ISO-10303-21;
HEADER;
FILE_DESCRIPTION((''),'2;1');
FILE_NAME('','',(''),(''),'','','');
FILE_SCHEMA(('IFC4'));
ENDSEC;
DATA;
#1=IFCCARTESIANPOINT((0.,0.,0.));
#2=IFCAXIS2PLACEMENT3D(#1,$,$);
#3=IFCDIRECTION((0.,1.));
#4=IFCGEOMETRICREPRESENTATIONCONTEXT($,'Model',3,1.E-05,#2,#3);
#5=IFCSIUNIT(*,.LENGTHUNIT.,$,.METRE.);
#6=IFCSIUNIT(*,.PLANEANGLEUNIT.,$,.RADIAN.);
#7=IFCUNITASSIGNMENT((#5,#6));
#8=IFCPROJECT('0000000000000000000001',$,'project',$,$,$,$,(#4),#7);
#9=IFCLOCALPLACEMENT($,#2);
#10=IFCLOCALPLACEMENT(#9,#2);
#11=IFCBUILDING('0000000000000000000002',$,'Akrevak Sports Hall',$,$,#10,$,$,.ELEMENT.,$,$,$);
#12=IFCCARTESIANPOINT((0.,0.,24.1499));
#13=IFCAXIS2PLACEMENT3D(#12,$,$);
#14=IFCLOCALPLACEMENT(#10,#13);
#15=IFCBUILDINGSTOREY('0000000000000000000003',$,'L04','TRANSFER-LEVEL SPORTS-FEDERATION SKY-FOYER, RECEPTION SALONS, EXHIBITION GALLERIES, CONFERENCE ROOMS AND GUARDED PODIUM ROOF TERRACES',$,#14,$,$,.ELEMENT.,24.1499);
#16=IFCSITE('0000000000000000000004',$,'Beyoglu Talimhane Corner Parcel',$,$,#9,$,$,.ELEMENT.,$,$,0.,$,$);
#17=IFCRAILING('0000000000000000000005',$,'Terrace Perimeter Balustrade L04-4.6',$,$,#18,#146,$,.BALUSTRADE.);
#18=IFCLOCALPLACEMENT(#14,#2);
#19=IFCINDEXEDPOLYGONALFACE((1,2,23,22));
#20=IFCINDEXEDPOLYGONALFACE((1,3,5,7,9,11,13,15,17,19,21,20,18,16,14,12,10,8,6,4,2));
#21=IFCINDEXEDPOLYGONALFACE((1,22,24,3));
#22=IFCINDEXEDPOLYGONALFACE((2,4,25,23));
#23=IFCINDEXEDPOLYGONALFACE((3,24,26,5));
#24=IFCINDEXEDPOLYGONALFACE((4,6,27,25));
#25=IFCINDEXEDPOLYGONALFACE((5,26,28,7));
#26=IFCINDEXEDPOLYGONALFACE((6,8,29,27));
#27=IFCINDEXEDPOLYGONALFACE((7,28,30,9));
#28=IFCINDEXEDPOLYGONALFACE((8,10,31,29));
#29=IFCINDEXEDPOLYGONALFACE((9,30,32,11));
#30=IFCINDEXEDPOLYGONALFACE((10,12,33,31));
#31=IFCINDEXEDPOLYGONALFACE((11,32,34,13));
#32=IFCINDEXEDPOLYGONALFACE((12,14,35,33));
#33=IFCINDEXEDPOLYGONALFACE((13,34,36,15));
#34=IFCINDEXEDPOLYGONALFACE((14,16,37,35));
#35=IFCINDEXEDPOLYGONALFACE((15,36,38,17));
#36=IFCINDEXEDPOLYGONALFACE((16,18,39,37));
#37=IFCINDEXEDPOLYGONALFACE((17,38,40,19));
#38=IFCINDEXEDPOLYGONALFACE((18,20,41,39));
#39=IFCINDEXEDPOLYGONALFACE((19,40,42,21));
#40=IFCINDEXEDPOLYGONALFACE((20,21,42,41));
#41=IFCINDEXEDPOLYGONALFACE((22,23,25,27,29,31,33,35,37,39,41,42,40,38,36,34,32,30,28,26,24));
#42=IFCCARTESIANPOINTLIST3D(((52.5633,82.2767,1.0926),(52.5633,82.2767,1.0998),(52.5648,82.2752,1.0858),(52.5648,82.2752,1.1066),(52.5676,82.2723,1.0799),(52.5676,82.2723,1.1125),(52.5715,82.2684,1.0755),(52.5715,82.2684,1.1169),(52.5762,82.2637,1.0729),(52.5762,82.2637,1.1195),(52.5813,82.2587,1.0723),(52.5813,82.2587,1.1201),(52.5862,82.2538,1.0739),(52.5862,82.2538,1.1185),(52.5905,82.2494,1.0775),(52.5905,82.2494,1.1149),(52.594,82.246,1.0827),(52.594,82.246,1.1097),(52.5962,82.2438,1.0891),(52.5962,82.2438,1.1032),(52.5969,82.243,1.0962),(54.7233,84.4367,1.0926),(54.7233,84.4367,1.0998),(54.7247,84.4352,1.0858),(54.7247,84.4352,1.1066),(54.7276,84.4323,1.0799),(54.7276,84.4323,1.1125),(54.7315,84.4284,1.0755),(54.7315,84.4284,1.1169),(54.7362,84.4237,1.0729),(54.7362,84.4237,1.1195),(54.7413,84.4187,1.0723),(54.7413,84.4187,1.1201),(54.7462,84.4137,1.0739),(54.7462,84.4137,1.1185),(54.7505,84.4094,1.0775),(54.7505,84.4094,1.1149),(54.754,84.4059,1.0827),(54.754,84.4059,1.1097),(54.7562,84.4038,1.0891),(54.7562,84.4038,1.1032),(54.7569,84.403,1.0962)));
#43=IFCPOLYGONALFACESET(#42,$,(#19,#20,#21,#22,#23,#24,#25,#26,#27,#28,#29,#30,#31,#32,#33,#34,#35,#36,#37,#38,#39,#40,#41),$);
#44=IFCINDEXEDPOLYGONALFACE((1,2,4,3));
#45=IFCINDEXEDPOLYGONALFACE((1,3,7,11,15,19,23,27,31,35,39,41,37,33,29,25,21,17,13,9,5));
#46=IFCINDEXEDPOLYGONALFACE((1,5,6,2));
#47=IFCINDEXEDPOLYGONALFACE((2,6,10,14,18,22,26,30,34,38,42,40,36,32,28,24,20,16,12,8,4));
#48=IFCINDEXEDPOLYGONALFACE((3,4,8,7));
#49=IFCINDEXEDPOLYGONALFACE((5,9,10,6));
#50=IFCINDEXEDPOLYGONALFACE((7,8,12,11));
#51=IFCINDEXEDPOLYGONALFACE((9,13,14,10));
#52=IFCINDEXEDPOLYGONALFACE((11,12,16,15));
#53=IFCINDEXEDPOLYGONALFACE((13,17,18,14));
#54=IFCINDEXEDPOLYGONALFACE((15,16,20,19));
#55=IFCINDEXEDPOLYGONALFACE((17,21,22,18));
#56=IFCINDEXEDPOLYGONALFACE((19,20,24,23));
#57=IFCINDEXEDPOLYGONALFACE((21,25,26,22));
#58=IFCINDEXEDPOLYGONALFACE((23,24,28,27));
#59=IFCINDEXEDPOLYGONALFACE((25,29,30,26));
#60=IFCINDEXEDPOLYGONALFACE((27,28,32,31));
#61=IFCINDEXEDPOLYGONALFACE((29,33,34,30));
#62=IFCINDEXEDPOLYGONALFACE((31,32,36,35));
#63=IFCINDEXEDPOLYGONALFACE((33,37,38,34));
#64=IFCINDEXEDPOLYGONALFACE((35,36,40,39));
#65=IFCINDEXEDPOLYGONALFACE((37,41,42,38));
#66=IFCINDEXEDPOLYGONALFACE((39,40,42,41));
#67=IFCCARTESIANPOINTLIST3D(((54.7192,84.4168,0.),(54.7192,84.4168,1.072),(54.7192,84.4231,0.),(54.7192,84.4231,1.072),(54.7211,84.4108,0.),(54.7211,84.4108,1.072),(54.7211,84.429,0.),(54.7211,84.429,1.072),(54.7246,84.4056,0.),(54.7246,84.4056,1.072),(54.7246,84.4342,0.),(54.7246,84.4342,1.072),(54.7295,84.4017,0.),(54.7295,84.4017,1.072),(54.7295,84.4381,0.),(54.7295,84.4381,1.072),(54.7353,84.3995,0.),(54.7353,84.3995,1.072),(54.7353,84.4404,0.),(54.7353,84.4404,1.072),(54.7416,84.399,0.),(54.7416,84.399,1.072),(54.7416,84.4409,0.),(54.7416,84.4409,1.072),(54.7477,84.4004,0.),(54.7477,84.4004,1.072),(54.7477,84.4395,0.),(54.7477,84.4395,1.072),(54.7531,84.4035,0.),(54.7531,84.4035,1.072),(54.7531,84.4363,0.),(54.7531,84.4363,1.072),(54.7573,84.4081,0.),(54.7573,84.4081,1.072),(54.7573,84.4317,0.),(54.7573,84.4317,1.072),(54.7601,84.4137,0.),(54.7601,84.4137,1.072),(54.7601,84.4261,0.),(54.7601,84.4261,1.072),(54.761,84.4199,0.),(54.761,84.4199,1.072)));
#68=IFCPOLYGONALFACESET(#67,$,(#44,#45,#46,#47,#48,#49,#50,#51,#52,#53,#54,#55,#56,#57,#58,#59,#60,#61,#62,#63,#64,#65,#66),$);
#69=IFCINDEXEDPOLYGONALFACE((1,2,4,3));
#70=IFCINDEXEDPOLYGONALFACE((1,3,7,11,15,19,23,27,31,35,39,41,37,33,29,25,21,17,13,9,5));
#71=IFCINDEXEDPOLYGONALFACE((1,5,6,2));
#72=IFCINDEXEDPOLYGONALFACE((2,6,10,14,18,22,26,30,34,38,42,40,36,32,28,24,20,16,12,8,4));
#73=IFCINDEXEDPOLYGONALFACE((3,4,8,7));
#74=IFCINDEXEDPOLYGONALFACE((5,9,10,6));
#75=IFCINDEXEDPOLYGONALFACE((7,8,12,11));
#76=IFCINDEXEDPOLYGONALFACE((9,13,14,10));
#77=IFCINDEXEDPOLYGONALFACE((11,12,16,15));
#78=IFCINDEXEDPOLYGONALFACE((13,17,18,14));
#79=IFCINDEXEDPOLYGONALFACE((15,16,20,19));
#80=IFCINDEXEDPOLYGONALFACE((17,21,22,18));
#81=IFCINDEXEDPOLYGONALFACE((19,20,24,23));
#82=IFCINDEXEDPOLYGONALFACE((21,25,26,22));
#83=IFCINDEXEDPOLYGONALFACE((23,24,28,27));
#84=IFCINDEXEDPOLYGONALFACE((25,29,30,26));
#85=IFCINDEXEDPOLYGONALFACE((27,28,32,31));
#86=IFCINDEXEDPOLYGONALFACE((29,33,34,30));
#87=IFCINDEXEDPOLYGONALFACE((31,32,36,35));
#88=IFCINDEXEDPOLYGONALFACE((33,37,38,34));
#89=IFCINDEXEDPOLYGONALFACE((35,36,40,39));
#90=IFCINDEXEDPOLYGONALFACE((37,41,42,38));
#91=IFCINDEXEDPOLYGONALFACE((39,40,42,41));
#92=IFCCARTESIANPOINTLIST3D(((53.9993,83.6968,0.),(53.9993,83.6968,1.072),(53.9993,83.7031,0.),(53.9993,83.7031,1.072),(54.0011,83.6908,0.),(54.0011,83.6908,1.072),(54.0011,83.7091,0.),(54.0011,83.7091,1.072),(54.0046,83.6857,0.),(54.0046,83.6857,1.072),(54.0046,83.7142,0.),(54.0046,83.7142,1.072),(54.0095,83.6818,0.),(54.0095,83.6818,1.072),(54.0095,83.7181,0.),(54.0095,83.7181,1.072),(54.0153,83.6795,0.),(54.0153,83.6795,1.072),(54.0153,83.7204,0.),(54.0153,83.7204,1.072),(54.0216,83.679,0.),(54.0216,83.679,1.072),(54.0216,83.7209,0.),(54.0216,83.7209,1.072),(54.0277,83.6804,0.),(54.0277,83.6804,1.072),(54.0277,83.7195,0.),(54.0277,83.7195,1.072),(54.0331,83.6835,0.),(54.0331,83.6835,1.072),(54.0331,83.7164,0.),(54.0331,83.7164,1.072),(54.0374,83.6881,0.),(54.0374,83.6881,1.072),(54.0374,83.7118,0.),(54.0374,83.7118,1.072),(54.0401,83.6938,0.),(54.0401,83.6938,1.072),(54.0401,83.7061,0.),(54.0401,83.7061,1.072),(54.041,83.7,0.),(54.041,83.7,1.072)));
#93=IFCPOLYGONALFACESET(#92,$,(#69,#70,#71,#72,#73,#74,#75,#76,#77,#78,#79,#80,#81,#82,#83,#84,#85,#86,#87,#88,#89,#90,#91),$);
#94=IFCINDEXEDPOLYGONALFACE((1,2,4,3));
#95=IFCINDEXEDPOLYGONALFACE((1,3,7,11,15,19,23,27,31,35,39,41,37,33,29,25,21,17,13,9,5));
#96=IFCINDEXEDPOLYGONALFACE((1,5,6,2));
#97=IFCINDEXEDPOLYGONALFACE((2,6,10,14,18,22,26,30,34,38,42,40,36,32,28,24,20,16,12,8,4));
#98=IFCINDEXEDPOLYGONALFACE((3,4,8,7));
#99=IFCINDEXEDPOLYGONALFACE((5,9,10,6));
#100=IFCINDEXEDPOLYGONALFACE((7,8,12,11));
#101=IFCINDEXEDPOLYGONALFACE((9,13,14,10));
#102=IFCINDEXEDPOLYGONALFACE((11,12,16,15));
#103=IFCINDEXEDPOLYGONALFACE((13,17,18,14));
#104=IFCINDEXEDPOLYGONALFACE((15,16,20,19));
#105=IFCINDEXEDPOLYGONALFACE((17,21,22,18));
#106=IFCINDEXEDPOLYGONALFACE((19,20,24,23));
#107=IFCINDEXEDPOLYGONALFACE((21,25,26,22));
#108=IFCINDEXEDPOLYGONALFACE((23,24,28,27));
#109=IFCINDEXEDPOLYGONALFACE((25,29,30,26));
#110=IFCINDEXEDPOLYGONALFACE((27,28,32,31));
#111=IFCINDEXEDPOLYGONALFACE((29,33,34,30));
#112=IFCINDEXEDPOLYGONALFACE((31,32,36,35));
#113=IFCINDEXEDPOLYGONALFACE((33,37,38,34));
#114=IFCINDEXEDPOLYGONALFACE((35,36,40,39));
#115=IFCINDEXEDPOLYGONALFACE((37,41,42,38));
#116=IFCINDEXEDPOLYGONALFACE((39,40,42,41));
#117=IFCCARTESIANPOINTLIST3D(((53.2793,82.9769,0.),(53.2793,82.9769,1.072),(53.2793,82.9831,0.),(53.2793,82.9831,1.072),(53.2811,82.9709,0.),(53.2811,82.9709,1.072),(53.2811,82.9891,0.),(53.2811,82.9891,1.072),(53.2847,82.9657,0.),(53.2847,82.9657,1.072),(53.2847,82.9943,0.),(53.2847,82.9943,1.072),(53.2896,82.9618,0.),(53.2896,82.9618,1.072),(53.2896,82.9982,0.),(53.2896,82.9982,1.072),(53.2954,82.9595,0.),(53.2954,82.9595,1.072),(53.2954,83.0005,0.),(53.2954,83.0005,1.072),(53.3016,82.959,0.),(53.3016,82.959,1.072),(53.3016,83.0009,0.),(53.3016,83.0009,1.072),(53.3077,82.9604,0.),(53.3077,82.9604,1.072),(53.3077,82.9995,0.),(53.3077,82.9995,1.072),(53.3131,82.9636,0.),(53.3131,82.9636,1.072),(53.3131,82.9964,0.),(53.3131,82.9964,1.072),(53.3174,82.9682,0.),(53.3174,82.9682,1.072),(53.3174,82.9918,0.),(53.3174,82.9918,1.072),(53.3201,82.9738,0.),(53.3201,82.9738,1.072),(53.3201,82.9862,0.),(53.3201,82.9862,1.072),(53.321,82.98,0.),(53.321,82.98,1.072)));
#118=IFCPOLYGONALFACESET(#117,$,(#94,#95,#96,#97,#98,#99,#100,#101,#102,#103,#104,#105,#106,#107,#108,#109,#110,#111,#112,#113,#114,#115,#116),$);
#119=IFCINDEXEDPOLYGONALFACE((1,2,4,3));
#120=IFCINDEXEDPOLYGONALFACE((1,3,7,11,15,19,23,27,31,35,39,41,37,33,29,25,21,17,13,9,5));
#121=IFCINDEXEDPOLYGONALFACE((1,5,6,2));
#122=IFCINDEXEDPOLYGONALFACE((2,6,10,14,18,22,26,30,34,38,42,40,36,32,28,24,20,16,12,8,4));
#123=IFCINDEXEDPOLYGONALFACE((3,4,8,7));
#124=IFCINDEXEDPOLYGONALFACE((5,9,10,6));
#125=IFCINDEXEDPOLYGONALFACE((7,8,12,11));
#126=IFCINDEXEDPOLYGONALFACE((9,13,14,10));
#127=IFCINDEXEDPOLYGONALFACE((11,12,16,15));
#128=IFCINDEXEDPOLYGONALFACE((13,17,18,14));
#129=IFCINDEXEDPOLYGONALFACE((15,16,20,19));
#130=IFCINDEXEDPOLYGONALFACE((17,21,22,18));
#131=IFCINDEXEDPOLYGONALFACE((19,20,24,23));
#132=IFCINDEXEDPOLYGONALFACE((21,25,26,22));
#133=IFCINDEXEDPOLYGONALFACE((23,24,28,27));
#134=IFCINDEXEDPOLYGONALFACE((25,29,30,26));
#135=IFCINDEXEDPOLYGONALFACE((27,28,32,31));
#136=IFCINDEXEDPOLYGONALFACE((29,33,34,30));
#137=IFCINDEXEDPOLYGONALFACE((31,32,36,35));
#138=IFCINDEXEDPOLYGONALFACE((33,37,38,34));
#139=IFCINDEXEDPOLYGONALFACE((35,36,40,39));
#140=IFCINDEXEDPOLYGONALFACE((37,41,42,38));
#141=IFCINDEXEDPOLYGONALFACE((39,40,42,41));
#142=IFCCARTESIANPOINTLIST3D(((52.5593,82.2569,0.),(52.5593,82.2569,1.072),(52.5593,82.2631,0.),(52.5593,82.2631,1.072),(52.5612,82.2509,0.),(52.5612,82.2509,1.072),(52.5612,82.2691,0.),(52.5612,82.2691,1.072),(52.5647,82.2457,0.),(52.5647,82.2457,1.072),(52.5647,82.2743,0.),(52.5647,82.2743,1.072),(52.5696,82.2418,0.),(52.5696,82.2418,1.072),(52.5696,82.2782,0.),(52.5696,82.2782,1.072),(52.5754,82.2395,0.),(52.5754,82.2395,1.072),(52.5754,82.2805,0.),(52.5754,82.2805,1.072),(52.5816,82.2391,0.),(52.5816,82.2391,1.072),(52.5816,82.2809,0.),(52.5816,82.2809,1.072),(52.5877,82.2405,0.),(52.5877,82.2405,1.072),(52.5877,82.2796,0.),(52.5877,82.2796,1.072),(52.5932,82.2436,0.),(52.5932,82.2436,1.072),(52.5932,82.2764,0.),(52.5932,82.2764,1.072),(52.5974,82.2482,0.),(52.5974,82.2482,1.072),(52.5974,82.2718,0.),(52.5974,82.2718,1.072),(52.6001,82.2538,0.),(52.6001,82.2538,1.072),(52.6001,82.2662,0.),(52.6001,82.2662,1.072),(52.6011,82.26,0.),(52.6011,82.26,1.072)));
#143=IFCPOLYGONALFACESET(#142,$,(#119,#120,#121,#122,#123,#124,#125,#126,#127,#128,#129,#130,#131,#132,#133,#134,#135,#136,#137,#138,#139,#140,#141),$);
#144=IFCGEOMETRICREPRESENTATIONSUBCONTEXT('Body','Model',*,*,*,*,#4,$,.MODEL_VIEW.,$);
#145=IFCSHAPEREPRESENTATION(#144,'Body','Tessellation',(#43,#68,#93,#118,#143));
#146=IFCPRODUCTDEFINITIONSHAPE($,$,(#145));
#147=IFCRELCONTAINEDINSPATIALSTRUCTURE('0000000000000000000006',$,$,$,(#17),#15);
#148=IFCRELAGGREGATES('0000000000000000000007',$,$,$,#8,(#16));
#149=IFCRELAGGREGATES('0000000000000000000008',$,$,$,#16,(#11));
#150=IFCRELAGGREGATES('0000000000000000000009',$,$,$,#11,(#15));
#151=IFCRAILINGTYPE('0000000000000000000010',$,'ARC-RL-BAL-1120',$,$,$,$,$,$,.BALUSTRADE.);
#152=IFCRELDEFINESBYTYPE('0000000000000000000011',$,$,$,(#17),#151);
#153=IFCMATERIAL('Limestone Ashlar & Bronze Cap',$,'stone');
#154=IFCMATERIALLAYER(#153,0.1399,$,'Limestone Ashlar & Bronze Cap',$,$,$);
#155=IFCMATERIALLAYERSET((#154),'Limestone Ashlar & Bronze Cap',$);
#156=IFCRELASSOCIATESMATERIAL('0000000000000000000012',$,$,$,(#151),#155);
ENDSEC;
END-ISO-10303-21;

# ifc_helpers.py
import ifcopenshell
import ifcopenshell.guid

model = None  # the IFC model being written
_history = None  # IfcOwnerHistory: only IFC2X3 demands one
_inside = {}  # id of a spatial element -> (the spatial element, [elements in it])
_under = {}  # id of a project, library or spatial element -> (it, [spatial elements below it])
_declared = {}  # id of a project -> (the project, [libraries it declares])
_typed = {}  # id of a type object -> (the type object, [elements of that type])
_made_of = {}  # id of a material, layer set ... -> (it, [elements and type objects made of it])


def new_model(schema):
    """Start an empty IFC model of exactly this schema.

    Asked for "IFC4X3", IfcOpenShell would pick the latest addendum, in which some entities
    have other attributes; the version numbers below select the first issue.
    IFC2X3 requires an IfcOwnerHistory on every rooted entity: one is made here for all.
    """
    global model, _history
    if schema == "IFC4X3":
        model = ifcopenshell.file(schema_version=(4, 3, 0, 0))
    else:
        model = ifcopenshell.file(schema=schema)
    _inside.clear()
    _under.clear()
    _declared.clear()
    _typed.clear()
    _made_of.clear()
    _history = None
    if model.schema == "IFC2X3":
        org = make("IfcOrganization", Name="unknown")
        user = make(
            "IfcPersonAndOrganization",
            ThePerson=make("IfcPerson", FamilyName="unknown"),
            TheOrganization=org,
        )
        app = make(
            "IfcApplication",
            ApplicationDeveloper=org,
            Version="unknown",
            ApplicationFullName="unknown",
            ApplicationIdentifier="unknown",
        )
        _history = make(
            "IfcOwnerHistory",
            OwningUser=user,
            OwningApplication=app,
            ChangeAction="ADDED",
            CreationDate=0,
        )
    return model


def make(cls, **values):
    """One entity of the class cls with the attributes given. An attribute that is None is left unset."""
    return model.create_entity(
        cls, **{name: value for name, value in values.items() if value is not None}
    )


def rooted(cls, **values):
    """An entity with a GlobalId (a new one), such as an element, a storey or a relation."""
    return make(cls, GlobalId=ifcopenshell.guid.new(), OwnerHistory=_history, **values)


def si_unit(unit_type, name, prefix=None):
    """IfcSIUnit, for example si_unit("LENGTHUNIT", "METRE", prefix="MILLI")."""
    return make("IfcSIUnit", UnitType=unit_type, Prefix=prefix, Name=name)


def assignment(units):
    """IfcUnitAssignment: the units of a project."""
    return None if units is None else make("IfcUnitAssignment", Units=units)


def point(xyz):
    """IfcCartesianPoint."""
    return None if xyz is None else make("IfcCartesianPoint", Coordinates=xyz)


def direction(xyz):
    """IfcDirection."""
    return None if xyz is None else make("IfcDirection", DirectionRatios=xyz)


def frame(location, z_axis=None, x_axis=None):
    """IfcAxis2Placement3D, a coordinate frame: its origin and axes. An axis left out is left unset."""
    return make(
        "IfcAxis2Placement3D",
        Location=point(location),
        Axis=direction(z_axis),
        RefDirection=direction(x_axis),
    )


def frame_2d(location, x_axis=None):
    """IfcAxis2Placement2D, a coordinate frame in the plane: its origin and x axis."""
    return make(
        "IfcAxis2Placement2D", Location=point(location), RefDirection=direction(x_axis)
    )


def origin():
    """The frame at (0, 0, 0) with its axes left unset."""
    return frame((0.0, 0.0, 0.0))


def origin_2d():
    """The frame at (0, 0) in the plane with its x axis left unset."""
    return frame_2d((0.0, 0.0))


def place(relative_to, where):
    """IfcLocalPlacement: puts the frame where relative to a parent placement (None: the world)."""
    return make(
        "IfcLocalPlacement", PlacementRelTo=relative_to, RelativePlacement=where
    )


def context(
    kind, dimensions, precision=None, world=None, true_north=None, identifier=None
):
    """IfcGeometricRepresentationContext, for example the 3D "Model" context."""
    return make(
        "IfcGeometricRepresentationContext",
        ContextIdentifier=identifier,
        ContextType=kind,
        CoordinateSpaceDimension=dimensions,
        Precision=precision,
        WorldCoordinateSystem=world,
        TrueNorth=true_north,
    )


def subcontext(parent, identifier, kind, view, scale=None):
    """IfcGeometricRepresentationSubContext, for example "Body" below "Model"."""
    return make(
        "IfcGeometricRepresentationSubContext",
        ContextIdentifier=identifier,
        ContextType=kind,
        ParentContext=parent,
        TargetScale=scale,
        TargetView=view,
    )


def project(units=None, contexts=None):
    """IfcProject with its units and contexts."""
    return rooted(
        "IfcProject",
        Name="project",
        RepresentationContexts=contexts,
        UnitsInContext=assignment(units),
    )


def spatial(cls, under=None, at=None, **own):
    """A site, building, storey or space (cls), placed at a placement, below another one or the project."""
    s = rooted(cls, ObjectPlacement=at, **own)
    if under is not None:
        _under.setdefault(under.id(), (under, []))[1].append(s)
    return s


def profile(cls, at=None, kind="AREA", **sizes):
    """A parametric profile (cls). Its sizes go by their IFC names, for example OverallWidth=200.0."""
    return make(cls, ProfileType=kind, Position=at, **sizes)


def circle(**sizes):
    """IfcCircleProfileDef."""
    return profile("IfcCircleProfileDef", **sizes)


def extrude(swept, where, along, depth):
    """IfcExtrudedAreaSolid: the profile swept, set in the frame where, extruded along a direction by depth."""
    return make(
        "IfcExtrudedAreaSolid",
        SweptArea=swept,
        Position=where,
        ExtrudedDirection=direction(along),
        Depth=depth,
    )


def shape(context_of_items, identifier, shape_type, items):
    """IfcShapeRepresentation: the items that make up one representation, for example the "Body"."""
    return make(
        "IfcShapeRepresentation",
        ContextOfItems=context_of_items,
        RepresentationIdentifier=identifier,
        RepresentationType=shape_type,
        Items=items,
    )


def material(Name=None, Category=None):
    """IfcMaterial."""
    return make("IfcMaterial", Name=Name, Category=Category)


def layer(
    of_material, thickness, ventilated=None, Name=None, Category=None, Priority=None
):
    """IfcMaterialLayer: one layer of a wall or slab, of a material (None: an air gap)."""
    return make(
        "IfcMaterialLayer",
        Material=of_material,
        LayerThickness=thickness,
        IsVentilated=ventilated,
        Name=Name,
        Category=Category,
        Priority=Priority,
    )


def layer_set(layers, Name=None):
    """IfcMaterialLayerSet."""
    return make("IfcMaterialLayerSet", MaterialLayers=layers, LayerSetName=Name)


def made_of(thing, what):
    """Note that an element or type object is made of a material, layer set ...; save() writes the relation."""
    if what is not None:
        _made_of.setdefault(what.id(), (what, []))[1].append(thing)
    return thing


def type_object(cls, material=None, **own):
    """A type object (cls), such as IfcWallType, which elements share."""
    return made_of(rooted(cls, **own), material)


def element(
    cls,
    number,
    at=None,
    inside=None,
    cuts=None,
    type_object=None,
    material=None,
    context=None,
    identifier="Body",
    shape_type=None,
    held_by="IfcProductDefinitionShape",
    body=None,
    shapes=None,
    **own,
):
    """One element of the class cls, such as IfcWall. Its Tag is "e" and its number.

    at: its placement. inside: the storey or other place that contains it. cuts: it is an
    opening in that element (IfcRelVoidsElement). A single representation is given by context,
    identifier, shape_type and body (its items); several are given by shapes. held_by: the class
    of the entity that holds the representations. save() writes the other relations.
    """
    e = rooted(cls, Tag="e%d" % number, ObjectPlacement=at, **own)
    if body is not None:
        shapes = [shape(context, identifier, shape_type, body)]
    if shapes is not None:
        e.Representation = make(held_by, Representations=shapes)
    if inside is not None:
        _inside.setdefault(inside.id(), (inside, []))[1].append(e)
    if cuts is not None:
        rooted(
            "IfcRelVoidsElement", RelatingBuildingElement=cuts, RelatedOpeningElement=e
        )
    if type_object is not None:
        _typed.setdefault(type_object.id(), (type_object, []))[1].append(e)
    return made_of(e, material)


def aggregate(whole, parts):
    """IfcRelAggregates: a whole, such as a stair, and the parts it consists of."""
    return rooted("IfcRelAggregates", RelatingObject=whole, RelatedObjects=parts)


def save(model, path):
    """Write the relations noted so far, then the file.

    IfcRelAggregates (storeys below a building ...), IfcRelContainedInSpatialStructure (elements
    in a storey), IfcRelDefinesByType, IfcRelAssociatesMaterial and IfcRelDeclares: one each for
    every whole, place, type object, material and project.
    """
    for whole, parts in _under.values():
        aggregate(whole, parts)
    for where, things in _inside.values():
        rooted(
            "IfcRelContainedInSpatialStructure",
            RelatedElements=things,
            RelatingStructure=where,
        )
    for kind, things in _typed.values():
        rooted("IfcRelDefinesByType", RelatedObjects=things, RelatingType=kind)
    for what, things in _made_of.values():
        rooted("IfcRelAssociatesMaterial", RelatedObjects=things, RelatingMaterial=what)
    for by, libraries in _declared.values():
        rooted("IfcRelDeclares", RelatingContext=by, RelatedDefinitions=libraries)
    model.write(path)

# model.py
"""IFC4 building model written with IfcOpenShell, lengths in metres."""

from ifc_helpers import new_model, si_unit, direction, frame, origin, origin_2d, place, context, subcontext, project, spatial, circle, extrude, material, layer, layer_set, type_object, element, save


model = new_model("IFC4")

# Units and contexts
model_context = context("Model", 3, precision=1e-05, world=origin(), true_north=direction((0.0, 1.0)))
body_context = subcontext(model_context, "Body", "Model", "MODEL_VIEW")
ifc_project = project(units=[si_unit("LENGTHUNIT", "METRE"), si_unit("PLANEANGLEUNIT", "RADIAN")], contexts=[model_context])

# Site, building, storey
site_placement = place(None, origin())
site = spatial("IfcSite", under=ifc_project, at=site_placement, Name="Beyoglu Talimhane Corner Parcel", CompositionType="ELEMENT", RefElevation=0.0)
building_placement = place(site_placement, origin())
building = spatial("IfcBuilding", under=site, at=building_placement, Name="Akrevak Sports Hall", CompositionType="ELEMENT")
storey_placement = place(building_placement, frame((0.0, 0.0, 24.1499)))
storey = spatial("IfcBuildingStorey", under=building, at=storey_placement, Name="L04", Description="TRANSFER-LEVEL SPORTS-FEDERATION SKY-FOYER, RECEPTION SALONS, EXHIBITION GALLERIES, CONFERENCE ROOMS AND GUARDED PODIUM ROOF TERRACES", CompositionType="ELEMENT", Elevation=24.1499)

# Railing
ifc_material_1 = material(Name="Limestone Ashlar & Bronze Cap", Category="stone")
ifc_layer_1 = layer(ifc_material_1, 0.1399, Name="Limestone Ashlar & Bronze Cap")
ifc_layer_set_1 = layer_set([ifc_layer_1], Name="Limestone Ashlar & Bronze Cap")
railing_type = type_object("IfcRailingType", Name="ARC-RL-BAL-1120", PredefinedType="BALUSTRADE", material=ifc_layer_set_1)
railing_placement = place(storey_placement, frame((54.74, 84.4199, 0.0)))
element("IfcRailing", 1, at=railing_placement, inside=storey, type_object=railing_type, Name="Terrace Perimeter Balustrade L04-4.6", PredefinedType="BALUSTRADE", context=body_context, shape_type="SweptSolid", body=[
    extrude(circle(Radius=0.0239, at=origin_2d()), frame((0.0, 0.0, 1.0962), z_axis=(-0.707107, -0.707107, 0.0), x_axis=(0.707107, -0.707107, 0.0)), (0.0, 0.0, 1.0), 3.0547),
    extrude(circle(Radius=0.021, at=origin_2d()), origin(), (0.0, 0.0, 1.0), 1.072),
    extrude(circle(Radius=0.021, at=origin_2d()), frame((-0.72, -0.72, 0.0)), (0.0, 0.0, 1.0), 1.072),
    extrude(circle(Radius=0.021, at=origin_2d()), frame((-1.4399, -1.4399, 0.0)), (0.0, 0.0, 1.0), 1.072),
    extrude(circle(Radius=0.021, at=origin_2d()), frame((-2.1599, -2.1599, 0.0)), (0.0, 0.0, 1.0), 1.072),
])

save(model, "model.ifc")
